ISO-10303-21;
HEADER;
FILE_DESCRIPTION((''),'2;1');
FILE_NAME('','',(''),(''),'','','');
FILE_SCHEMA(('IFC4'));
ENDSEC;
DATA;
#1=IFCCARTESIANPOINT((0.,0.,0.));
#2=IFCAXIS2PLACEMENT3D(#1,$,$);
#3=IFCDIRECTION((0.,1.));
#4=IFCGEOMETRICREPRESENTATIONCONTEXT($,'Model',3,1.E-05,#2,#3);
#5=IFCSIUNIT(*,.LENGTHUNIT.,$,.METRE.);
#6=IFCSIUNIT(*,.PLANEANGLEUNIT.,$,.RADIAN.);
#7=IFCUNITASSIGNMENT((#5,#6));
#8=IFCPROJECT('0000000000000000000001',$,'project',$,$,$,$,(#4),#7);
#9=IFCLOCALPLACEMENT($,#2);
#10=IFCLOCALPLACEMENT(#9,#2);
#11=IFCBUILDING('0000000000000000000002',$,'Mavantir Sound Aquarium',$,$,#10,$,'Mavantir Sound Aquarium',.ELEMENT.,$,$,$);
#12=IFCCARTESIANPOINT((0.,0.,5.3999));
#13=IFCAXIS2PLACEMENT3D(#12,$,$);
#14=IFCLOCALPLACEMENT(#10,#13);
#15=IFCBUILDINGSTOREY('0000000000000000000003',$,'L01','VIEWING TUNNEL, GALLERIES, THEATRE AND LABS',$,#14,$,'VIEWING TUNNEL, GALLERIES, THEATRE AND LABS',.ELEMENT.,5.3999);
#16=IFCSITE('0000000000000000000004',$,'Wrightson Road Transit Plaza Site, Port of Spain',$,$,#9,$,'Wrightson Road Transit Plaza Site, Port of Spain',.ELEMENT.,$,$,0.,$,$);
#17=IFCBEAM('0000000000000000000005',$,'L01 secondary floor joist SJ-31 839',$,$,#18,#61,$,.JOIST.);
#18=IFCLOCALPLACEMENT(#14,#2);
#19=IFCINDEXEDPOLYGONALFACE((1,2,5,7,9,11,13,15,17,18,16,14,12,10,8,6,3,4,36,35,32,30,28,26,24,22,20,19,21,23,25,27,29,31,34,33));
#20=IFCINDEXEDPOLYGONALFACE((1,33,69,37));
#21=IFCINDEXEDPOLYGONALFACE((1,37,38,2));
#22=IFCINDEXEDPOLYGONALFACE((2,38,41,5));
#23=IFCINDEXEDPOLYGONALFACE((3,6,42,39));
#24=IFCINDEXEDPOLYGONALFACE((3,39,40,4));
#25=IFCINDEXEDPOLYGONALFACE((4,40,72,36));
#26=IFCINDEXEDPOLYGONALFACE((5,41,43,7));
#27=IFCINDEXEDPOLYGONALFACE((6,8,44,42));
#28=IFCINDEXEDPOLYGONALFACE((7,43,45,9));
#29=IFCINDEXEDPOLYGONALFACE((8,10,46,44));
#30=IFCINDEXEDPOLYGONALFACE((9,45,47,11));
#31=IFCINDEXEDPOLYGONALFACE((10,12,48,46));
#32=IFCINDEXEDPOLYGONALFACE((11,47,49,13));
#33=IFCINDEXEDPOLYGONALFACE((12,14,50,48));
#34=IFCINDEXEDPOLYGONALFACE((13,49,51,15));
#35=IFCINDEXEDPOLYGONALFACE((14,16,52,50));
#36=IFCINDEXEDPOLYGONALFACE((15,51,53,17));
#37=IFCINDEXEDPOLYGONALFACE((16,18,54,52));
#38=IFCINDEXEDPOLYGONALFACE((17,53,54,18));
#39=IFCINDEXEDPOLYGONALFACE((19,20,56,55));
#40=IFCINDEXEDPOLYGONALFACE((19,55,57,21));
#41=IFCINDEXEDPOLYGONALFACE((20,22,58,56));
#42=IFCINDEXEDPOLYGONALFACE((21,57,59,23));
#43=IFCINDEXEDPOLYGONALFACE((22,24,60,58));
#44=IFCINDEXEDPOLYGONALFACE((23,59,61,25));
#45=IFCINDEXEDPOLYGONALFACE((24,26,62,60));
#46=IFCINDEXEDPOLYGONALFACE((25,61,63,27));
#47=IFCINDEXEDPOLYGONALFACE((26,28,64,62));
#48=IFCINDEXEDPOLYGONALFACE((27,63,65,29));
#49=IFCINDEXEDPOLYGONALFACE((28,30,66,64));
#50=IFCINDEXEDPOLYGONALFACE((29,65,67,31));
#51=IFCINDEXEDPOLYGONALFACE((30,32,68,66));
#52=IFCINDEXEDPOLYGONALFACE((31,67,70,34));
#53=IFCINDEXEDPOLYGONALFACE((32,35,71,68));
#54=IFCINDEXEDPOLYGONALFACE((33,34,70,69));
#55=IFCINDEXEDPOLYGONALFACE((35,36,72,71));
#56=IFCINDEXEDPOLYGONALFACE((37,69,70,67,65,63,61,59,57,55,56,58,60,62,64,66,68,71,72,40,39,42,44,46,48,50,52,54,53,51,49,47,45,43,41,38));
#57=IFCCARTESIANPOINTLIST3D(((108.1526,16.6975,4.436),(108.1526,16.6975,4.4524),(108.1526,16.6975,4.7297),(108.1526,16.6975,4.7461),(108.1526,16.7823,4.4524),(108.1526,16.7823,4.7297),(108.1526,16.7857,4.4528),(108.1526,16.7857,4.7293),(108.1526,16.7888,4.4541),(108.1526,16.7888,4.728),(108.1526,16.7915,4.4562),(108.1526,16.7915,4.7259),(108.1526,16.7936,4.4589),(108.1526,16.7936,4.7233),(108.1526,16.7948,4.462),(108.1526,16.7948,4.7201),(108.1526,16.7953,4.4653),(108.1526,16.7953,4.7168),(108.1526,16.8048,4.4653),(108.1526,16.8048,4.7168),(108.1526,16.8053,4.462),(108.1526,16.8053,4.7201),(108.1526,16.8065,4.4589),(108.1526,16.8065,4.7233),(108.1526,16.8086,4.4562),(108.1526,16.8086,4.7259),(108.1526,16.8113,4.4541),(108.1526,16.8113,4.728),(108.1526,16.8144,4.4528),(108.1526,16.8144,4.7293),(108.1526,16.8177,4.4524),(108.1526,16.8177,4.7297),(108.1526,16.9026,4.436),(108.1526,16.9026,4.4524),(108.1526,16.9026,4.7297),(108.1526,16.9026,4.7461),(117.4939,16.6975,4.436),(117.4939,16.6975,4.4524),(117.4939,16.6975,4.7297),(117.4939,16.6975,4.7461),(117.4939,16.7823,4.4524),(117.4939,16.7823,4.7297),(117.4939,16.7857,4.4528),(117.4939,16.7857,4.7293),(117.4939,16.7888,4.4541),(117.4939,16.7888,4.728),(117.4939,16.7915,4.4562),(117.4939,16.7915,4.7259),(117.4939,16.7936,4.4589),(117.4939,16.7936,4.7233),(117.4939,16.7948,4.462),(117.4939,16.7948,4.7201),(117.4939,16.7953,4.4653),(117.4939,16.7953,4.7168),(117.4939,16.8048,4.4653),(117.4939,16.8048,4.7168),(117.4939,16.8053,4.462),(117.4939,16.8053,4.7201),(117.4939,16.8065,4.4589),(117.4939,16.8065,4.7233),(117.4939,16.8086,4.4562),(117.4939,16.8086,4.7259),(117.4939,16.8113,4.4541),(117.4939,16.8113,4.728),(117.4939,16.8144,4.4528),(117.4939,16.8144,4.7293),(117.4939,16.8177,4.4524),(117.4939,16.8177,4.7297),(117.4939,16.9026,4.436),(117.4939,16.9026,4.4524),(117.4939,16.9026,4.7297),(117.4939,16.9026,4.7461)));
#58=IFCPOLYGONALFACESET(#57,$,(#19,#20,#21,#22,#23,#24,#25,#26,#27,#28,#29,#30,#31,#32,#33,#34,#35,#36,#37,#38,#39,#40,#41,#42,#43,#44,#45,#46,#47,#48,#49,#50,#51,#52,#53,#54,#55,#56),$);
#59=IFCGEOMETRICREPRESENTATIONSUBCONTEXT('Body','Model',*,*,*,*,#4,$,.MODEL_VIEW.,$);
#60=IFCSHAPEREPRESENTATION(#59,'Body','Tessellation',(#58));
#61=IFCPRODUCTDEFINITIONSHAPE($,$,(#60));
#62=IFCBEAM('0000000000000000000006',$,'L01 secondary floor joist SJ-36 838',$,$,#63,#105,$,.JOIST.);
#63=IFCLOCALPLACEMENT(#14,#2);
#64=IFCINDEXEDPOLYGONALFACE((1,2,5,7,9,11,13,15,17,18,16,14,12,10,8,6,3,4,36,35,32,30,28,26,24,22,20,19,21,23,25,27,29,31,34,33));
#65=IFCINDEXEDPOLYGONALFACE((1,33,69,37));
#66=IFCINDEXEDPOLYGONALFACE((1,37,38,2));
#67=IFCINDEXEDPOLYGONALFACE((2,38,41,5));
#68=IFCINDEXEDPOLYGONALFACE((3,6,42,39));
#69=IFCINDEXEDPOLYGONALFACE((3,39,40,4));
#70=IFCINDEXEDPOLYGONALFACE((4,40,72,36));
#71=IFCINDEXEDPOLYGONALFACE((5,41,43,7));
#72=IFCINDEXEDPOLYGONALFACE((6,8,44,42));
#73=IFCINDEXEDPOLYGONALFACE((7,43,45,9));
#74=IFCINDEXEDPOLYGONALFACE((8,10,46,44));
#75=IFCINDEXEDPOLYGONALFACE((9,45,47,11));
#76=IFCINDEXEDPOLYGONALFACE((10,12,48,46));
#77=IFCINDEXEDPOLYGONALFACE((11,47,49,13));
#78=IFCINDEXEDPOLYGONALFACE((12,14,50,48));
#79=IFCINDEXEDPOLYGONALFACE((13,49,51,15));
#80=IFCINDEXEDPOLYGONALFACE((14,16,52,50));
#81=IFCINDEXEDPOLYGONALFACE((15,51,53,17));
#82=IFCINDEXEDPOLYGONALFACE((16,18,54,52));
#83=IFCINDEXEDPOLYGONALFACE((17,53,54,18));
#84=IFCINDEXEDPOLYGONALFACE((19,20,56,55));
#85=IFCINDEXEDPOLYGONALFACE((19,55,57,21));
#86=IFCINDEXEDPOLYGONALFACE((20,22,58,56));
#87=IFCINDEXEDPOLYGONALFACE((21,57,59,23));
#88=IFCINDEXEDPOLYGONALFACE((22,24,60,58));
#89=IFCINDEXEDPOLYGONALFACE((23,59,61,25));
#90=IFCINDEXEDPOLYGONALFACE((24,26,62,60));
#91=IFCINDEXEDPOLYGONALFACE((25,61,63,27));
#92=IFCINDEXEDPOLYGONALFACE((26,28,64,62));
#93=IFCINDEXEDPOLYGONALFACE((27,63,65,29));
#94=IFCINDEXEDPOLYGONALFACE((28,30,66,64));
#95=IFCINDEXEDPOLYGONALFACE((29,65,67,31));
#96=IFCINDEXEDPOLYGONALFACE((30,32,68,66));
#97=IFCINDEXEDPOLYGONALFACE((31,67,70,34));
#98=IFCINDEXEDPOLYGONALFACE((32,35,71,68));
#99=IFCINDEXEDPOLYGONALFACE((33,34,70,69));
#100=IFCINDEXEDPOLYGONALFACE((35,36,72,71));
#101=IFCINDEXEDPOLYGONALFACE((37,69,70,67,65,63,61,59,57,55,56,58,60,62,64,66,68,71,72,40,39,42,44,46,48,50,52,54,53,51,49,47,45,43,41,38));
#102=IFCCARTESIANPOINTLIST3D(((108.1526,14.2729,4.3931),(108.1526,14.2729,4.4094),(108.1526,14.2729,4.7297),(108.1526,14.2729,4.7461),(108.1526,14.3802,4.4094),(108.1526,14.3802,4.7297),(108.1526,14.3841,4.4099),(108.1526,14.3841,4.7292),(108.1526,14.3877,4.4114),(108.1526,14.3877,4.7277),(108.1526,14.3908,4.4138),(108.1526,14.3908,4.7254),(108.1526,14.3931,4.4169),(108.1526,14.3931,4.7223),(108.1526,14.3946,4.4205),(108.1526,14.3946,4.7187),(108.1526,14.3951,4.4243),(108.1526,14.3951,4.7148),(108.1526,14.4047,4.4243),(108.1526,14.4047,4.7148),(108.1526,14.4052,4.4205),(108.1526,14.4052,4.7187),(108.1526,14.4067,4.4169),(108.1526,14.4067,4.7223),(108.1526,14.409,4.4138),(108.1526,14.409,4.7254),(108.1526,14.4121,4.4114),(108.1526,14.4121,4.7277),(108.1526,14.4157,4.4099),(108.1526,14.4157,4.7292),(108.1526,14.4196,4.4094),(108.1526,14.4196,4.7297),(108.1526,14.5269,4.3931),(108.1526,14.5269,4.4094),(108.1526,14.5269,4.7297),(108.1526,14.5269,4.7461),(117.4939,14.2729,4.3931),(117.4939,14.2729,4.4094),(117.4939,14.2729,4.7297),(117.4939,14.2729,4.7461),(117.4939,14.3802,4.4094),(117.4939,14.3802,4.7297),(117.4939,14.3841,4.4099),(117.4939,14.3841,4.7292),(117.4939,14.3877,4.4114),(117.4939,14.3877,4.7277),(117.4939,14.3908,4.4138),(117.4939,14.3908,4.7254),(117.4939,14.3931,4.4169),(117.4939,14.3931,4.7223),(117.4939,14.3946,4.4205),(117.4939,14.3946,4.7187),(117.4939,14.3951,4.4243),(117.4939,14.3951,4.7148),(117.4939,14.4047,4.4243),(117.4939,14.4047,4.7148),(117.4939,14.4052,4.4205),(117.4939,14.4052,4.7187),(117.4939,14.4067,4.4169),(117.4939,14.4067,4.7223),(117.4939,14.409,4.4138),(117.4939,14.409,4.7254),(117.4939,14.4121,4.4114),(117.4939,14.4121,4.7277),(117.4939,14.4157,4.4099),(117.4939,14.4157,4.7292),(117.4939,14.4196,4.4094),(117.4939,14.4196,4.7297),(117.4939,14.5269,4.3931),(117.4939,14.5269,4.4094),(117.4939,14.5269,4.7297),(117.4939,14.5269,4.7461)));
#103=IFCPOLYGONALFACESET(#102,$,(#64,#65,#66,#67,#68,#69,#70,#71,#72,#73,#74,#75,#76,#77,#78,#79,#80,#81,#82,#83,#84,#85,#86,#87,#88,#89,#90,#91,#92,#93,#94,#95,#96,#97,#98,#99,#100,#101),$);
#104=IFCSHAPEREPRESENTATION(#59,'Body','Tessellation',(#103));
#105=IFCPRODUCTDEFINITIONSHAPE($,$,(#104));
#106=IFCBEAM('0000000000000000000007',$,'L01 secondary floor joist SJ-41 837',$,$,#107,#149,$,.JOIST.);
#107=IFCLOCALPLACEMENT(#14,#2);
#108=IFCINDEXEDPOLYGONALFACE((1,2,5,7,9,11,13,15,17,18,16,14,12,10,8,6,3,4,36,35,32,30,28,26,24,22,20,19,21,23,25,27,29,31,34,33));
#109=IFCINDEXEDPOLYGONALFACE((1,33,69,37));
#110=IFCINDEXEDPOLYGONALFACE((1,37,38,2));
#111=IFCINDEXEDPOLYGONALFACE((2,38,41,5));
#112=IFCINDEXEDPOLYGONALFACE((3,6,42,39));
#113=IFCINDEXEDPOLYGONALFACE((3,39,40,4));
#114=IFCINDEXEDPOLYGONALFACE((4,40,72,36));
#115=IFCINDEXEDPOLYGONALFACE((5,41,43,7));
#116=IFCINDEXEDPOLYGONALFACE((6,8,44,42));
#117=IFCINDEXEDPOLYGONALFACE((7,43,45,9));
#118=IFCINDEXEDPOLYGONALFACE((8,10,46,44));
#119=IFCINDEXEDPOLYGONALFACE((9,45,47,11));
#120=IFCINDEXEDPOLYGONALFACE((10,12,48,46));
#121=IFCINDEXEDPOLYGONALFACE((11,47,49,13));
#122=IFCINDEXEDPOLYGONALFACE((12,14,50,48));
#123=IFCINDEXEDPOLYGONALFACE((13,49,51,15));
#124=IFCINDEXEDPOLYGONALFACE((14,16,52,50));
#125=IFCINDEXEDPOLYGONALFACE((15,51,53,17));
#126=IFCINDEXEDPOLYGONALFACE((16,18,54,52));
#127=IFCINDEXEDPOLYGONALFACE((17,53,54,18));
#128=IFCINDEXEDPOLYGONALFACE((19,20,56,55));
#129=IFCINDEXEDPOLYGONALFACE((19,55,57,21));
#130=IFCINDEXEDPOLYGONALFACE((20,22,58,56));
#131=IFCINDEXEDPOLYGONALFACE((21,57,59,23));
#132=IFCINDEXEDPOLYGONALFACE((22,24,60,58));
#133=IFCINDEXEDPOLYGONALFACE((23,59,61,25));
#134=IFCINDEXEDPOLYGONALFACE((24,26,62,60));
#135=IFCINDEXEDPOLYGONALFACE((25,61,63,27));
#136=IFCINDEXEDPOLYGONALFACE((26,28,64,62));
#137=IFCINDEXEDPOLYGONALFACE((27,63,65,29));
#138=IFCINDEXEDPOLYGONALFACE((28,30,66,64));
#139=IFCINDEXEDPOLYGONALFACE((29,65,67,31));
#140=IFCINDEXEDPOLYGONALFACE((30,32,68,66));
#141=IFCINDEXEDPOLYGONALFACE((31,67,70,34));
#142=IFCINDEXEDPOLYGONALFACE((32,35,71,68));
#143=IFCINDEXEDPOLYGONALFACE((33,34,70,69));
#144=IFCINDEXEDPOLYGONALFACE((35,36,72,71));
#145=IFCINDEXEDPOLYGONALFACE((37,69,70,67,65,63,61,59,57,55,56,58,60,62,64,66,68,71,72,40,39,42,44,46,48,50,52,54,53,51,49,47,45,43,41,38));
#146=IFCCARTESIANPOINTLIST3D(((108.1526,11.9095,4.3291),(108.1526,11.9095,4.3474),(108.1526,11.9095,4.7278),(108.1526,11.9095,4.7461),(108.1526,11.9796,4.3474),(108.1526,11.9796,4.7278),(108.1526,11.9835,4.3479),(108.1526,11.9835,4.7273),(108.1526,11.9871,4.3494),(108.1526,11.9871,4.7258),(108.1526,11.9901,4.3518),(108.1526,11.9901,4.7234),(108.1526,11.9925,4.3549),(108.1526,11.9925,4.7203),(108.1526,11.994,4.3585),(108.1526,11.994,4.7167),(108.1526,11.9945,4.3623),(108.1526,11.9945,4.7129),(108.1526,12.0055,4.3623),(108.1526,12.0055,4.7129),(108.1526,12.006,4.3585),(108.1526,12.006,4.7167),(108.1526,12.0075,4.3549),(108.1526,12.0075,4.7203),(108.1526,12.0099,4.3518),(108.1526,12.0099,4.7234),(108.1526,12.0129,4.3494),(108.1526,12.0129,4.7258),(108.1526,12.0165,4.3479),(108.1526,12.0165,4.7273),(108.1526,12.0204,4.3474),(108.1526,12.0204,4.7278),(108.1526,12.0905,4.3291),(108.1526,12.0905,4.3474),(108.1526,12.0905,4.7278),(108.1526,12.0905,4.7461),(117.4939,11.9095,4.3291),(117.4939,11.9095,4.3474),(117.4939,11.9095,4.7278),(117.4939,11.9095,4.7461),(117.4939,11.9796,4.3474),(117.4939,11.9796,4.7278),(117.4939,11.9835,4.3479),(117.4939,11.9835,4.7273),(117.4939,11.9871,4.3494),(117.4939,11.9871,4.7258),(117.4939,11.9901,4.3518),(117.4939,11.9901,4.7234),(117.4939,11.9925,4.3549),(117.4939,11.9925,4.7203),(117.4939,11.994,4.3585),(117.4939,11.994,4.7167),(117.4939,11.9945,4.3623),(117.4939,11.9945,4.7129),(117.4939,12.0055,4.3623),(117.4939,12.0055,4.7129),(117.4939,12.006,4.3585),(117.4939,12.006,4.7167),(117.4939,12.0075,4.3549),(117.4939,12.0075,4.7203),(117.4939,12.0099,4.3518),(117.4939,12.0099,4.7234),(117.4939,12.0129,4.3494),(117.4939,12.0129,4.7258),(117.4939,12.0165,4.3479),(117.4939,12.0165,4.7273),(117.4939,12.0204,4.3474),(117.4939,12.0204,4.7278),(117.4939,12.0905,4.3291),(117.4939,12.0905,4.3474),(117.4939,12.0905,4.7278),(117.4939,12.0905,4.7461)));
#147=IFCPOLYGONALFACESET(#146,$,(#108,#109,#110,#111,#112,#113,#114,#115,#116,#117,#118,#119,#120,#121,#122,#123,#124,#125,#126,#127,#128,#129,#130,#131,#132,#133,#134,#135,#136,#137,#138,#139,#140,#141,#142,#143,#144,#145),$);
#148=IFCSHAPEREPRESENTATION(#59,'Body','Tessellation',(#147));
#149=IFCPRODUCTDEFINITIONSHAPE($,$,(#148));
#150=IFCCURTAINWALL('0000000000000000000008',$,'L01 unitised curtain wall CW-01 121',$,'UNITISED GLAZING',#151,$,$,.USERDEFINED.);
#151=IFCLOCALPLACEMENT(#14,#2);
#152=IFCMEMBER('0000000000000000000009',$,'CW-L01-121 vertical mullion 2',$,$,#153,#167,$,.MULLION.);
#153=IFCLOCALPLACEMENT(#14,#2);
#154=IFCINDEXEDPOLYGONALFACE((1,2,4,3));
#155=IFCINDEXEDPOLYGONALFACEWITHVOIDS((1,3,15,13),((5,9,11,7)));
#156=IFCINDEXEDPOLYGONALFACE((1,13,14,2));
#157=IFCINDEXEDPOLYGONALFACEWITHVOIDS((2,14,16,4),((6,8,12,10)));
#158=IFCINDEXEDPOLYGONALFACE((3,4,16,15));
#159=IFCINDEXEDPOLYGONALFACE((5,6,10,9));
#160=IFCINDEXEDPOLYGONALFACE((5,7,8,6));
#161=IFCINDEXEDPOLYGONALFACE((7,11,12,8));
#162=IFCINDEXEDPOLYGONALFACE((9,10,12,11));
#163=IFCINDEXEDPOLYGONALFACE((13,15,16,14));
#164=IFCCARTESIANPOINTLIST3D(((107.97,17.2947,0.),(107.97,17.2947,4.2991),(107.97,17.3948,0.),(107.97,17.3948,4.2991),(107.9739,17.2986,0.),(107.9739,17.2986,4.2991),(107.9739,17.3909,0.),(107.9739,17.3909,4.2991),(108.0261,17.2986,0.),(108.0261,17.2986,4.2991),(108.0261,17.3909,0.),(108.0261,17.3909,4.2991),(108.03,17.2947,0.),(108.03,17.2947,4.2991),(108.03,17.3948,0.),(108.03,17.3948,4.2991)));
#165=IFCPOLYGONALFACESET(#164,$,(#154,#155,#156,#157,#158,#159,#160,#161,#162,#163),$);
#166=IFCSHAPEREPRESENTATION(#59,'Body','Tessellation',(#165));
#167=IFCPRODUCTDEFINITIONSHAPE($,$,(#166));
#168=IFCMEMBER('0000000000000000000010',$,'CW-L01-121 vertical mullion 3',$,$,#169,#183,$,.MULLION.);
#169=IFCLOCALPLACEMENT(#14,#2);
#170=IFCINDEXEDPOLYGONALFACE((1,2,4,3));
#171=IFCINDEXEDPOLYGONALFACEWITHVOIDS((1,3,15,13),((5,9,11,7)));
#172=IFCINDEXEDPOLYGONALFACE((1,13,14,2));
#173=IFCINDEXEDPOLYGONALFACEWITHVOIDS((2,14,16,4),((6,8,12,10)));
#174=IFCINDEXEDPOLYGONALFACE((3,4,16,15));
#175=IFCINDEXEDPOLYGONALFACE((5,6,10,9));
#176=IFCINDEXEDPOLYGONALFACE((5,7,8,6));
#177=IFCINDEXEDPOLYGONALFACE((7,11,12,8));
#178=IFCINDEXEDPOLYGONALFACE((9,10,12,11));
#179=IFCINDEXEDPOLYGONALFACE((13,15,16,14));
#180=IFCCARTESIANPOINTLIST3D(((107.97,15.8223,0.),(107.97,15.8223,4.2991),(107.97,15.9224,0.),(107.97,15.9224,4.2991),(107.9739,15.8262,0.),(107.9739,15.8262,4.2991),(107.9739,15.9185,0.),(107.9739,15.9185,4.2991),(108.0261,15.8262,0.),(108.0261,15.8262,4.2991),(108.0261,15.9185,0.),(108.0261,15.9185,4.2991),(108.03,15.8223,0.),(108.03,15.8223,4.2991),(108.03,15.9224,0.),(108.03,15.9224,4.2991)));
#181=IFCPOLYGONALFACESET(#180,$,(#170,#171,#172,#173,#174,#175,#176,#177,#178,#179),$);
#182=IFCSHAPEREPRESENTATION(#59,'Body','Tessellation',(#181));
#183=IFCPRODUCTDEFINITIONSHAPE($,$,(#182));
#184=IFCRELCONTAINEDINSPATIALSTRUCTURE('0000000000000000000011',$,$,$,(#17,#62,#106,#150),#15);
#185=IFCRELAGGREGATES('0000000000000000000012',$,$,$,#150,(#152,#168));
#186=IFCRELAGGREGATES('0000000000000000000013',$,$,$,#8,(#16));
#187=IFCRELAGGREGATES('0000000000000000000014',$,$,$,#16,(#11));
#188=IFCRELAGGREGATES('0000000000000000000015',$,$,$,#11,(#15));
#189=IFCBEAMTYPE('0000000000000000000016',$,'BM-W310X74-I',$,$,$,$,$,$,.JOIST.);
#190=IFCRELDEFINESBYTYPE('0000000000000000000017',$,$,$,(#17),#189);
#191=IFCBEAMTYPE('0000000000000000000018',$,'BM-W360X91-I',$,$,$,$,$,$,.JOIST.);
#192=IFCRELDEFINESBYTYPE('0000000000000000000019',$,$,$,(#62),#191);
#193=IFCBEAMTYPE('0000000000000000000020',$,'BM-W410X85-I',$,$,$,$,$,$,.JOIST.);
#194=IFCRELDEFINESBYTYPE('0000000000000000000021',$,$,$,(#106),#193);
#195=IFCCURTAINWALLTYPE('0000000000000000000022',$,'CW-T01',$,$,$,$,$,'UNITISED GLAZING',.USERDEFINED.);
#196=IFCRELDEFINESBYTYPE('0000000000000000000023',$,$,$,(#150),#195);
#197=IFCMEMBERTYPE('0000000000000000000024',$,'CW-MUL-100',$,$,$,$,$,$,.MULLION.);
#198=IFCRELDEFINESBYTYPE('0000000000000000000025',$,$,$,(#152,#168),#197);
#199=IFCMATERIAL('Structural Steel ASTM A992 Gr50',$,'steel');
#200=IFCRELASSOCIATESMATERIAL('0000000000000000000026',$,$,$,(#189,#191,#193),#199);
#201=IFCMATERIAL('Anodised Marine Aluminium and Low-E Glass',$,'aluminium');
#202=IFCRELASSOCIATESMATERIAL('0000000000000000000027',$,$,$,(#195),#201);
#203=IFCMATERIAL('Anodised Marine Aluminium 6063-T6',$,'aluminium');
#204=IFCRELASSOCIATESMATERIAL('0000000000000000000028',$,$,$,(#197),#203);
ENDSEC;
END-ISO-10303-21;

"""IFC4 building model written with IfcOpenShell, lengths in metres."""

from ifc_helpers import new_model, si_unit, direction, frame, origin, origin_2d, place, context, subcontext, project, spatial, hollow_rectangle, i_section, extrude, material, material_profile, profile_set, type_object, element, aggregate, save


model = new_model("IFC4")

# Units and contexts
model_context = context("Model", 3, precision=1e-05, world=origin(), true_north=direction((0.0, 1.0)))
body_context = subcontext(model_context, "Body", "Model", "MODEL_VIEW")
ifc_project = project(units=[si_unit("LENGTHUNIT", "METRE"), si_unit("PLANEANGLEUNIT", "RADIAN")], contexts=[model_context])

# Site, building, storey
site_placement = place(None, origin())
site = spatial("IfcSite", under=ifc_project, at=site_placement, Name="Wrightson Road Transit Plaza Site, Port of Spain", LongName="Wrightson Road Transit Plaza Site, Port of Spain", CompositionType="ELEMENT", RefElevation=0.0)
building_placement = place(site_placement, origin())
building = spatial("IfcBuilding", under=site, at=building_placement, Name="Mavantir Sound Aquarium", LongName="Mavantir Sound Aquarium", CompositionType="ELEMENT")
storey_placement = place(building_placement, frame((0.0, 0.0, 5.3999)))
storey = spatial("IfcBuildingStorey", under=building, at=storey_placement, Name="L01", Description="VIEWING TUNNEL, GALLERIES, THEATRE AND LABS", LongName="VIEWING TUNNEL, GALLERIES, THEATRE AND LABS", CompositionType="ELEMENT", Elevation=5.3999)

# Beams
ifc_material_1 = material(Name="Structural Steel ASTM A992 Gr50", Category="steel")
ifc_material_profile_1 = material_profile(ifc_material_1, i_section(OverallWidth=0.2051, OverallDepth=0.3101, WebThickness=0.0095, FlangeThickness=0.0164, FilletRadius=0.0129, at=origin_2d()), Name="W310X74")
ifc_profile_set_1 = profile_set([ifc_material_profile_1], Name="Structural Steel ASTM A992 Gr50")
beam_type_1 = type_object("IfcBeamType", Name="BM-W310X74-I", PredefinedType="JOIST", material=ifc_profile_set_1)
beam_1_placement = place(storey_placement, frame((108.1526, 16.8, 4.5911), z_axis=(1.0, 0.0, 0.0), x_axis=(0.0, 1.0, 0.0)))
element("IfcBeam", 1, at=beam_1_placement, inside=storey, type_object=beam_type_1, Name="L01 secondary floor joist SJ-31 839", PredefinedType="JOIST", context=body_context, shape_type="SweptSolid", body=[
    extrude(i_section(OverallWidth=0.2051, OverallDepth=0.3101, WebThickness=0.0095, FlangeThickness=0.0164, FilletRadius=0.0129, at=origin_2d()), origin(), (0.0, 0.0, 1.0), 9.3413),
])
ifc_material_profile_2 = material_profile(ifc_material_1, i_section(OverallWidth=0.2539, OverallDepth=0.353, WebThickness=0.0095, FlangeThickness=0.0164, FilletRadius=0.0149, at=origin_2d()), Name="W360X91")
ifc_profile_set_2 = profile_set([ifc_material_profile_2], Name="Structural Steel ASTM A992 Gr50")
beam_type_2 = type_object("IfcBeamType", Name="BM-W360X91-I", PredefinedType="JOIST", material=ifc_profile_set_2)
beam_2_placement = place(storey_placement, frame((108.1526, 14.3999, 4.5696), z_axis=(1.0, 0.0, 0.0), x_axis=(0.0, 1.0, 0.0)))
element("IfcBeam", 2, at=beam_2_placement, inside=storey, type_object=beam_type_2, Name="L01 secondary floor joist SJ-36 838", PredefinedType="JOIST", context=body_context, shape_type="SweptSolid", body=[
    extrude(i_section(OverallWidth=0.2539, OverallDepth=0.353, WebThickness=0.0095, FlangeThickness=0.0164, FilletRadius=0.0149, at=origin_2d()), origin(), (0.0, 0.0, 1.0), 9.3413),
])
ifc_material_profile_3 = material_profile(ifc_material_1, i_section(OverallWidth=0.1809, OverallDepth=0.417, WebThickness=0.011, FlangeThickness=0.0183, FilletRadius=0.0149, at=origin_2d()), Name="W410X85")
ifc_profile_set_3 = profile_set([ifc_material_profile_3], Name="Structural Steel ASTM A992 Gr50")
beam_type_3 = type_object("IfcBeamType", Name="BM-W410X85-I", PredefinedType="JOIST", material=ifc_profile_set_3)
beam_3_placement = place(storey_placement, frame((108.1526, 12.0, 4.5376), z_axis=(1.0, 0.0, 0.0), x_axis=(0.0, 1.0, 0.0)))
element("IfcBeam", 3, at=beam_3_placement, inside=storey, type_object=beam_type_3, Name="L01 secondary floor joist SJ-41 837", PredefinedType="JOIST", context=body_context, shape_type="SweptSolid", body=[
    extrude(i_section(OverallWidth=0.1809, OverallDepth=0.417, WebThickness=0.011, FlangeThickness=0.0183, FilletRadius=0.0149, at=origin_2d()), origin(), (0.0, 0.0, 1.0), 9.3413),
])

# Curtain wall, members
ifc_material_2 = material(Name="Anodised Marine Aluminium and Low-E Glass", Category="aluminium")
curtain_wall_type = type_object("IfcCurtainWallType", Name="CW-T01", ElementType="UNITISED GLAZING", PredefinedType="USERDEFINED", material=ifc_material_2)
curtain_wall_placement = place(storey_placement, origin())
curtain_wall = element("IfcCurtainWall", 4, at=curtain_wall_placement, inside=storey, type_object=curtain_wall_type, Name="L01 unitised curtain wall CW-01 121", ObjectType="UNITISED GLAZING", PredefinedType="USERDEFINED")
ifc_material_3 = material(Name="Anodised Marine Aluminium 6063-T6", Category="aluminium")
ifc_material_profile_4 = material_profile(ifc_material_3, hollow_rectangle(XDim=0.0601, YDim=0.1001, WallThickness=0.0039, at=origin_2d()), Name="ALU-MULLION-100X60")
ifc_profile_set_4 = profile_set([ifc_material_profile_4], Name="Anodised Marine Aluminium 6063-T6")
member_type_1 = type_object("IfcMemberType", Name="CW-MUL-100", PredefinedType="MULLION", material=ifc_profile_set_4)
member_1_placement = place(storey_placement, frame((108.0, 17.3447, 0.0), z_axis=(0.0, 0.0, 1.0), x_axis=(1.0, 0.0, 0.0)))
member_1 = element("IfcMember", 5, at=member_1_placement, type_object=member_type_1, Name="CW-L01-121 vertical mullion 2", PredefinedType="MULLION", context=body_context, shape_type="SweptSolid", body=[
    extrude(hollow_rectangle(XDim=0.0601, YDim=0.1001, WallThickness=0.0039, at=origin_2d()), origin(), (0.0, 0.0, 1.0), 4.2991),
])
member_2_placement = place(storey_placement, frame((108.0, 15.8723, 0.0), z_axis=(0.0, 0.0, 1.0), x_axis=(1.0, 0.0, 0.0)))
member_2 = element("IfcMember", 6, at=member_2_placement, type_object=member_type_1, Name="CW-L01-121 vertical mullion 3", PredefinedType="MULLION", context=body_context, shape_type="SweptSolid", body=[
    extrude(hollow_rectangle(XDim=0.0601, YDim=0.1001, WallThickness=0.0039, at=origin_2d()), origin(), (0.0, 0.0, 1.0), 4.2991),
])
aggregate(curtain_wall, [member_1, member_2])

save(model, "model.ifc")
